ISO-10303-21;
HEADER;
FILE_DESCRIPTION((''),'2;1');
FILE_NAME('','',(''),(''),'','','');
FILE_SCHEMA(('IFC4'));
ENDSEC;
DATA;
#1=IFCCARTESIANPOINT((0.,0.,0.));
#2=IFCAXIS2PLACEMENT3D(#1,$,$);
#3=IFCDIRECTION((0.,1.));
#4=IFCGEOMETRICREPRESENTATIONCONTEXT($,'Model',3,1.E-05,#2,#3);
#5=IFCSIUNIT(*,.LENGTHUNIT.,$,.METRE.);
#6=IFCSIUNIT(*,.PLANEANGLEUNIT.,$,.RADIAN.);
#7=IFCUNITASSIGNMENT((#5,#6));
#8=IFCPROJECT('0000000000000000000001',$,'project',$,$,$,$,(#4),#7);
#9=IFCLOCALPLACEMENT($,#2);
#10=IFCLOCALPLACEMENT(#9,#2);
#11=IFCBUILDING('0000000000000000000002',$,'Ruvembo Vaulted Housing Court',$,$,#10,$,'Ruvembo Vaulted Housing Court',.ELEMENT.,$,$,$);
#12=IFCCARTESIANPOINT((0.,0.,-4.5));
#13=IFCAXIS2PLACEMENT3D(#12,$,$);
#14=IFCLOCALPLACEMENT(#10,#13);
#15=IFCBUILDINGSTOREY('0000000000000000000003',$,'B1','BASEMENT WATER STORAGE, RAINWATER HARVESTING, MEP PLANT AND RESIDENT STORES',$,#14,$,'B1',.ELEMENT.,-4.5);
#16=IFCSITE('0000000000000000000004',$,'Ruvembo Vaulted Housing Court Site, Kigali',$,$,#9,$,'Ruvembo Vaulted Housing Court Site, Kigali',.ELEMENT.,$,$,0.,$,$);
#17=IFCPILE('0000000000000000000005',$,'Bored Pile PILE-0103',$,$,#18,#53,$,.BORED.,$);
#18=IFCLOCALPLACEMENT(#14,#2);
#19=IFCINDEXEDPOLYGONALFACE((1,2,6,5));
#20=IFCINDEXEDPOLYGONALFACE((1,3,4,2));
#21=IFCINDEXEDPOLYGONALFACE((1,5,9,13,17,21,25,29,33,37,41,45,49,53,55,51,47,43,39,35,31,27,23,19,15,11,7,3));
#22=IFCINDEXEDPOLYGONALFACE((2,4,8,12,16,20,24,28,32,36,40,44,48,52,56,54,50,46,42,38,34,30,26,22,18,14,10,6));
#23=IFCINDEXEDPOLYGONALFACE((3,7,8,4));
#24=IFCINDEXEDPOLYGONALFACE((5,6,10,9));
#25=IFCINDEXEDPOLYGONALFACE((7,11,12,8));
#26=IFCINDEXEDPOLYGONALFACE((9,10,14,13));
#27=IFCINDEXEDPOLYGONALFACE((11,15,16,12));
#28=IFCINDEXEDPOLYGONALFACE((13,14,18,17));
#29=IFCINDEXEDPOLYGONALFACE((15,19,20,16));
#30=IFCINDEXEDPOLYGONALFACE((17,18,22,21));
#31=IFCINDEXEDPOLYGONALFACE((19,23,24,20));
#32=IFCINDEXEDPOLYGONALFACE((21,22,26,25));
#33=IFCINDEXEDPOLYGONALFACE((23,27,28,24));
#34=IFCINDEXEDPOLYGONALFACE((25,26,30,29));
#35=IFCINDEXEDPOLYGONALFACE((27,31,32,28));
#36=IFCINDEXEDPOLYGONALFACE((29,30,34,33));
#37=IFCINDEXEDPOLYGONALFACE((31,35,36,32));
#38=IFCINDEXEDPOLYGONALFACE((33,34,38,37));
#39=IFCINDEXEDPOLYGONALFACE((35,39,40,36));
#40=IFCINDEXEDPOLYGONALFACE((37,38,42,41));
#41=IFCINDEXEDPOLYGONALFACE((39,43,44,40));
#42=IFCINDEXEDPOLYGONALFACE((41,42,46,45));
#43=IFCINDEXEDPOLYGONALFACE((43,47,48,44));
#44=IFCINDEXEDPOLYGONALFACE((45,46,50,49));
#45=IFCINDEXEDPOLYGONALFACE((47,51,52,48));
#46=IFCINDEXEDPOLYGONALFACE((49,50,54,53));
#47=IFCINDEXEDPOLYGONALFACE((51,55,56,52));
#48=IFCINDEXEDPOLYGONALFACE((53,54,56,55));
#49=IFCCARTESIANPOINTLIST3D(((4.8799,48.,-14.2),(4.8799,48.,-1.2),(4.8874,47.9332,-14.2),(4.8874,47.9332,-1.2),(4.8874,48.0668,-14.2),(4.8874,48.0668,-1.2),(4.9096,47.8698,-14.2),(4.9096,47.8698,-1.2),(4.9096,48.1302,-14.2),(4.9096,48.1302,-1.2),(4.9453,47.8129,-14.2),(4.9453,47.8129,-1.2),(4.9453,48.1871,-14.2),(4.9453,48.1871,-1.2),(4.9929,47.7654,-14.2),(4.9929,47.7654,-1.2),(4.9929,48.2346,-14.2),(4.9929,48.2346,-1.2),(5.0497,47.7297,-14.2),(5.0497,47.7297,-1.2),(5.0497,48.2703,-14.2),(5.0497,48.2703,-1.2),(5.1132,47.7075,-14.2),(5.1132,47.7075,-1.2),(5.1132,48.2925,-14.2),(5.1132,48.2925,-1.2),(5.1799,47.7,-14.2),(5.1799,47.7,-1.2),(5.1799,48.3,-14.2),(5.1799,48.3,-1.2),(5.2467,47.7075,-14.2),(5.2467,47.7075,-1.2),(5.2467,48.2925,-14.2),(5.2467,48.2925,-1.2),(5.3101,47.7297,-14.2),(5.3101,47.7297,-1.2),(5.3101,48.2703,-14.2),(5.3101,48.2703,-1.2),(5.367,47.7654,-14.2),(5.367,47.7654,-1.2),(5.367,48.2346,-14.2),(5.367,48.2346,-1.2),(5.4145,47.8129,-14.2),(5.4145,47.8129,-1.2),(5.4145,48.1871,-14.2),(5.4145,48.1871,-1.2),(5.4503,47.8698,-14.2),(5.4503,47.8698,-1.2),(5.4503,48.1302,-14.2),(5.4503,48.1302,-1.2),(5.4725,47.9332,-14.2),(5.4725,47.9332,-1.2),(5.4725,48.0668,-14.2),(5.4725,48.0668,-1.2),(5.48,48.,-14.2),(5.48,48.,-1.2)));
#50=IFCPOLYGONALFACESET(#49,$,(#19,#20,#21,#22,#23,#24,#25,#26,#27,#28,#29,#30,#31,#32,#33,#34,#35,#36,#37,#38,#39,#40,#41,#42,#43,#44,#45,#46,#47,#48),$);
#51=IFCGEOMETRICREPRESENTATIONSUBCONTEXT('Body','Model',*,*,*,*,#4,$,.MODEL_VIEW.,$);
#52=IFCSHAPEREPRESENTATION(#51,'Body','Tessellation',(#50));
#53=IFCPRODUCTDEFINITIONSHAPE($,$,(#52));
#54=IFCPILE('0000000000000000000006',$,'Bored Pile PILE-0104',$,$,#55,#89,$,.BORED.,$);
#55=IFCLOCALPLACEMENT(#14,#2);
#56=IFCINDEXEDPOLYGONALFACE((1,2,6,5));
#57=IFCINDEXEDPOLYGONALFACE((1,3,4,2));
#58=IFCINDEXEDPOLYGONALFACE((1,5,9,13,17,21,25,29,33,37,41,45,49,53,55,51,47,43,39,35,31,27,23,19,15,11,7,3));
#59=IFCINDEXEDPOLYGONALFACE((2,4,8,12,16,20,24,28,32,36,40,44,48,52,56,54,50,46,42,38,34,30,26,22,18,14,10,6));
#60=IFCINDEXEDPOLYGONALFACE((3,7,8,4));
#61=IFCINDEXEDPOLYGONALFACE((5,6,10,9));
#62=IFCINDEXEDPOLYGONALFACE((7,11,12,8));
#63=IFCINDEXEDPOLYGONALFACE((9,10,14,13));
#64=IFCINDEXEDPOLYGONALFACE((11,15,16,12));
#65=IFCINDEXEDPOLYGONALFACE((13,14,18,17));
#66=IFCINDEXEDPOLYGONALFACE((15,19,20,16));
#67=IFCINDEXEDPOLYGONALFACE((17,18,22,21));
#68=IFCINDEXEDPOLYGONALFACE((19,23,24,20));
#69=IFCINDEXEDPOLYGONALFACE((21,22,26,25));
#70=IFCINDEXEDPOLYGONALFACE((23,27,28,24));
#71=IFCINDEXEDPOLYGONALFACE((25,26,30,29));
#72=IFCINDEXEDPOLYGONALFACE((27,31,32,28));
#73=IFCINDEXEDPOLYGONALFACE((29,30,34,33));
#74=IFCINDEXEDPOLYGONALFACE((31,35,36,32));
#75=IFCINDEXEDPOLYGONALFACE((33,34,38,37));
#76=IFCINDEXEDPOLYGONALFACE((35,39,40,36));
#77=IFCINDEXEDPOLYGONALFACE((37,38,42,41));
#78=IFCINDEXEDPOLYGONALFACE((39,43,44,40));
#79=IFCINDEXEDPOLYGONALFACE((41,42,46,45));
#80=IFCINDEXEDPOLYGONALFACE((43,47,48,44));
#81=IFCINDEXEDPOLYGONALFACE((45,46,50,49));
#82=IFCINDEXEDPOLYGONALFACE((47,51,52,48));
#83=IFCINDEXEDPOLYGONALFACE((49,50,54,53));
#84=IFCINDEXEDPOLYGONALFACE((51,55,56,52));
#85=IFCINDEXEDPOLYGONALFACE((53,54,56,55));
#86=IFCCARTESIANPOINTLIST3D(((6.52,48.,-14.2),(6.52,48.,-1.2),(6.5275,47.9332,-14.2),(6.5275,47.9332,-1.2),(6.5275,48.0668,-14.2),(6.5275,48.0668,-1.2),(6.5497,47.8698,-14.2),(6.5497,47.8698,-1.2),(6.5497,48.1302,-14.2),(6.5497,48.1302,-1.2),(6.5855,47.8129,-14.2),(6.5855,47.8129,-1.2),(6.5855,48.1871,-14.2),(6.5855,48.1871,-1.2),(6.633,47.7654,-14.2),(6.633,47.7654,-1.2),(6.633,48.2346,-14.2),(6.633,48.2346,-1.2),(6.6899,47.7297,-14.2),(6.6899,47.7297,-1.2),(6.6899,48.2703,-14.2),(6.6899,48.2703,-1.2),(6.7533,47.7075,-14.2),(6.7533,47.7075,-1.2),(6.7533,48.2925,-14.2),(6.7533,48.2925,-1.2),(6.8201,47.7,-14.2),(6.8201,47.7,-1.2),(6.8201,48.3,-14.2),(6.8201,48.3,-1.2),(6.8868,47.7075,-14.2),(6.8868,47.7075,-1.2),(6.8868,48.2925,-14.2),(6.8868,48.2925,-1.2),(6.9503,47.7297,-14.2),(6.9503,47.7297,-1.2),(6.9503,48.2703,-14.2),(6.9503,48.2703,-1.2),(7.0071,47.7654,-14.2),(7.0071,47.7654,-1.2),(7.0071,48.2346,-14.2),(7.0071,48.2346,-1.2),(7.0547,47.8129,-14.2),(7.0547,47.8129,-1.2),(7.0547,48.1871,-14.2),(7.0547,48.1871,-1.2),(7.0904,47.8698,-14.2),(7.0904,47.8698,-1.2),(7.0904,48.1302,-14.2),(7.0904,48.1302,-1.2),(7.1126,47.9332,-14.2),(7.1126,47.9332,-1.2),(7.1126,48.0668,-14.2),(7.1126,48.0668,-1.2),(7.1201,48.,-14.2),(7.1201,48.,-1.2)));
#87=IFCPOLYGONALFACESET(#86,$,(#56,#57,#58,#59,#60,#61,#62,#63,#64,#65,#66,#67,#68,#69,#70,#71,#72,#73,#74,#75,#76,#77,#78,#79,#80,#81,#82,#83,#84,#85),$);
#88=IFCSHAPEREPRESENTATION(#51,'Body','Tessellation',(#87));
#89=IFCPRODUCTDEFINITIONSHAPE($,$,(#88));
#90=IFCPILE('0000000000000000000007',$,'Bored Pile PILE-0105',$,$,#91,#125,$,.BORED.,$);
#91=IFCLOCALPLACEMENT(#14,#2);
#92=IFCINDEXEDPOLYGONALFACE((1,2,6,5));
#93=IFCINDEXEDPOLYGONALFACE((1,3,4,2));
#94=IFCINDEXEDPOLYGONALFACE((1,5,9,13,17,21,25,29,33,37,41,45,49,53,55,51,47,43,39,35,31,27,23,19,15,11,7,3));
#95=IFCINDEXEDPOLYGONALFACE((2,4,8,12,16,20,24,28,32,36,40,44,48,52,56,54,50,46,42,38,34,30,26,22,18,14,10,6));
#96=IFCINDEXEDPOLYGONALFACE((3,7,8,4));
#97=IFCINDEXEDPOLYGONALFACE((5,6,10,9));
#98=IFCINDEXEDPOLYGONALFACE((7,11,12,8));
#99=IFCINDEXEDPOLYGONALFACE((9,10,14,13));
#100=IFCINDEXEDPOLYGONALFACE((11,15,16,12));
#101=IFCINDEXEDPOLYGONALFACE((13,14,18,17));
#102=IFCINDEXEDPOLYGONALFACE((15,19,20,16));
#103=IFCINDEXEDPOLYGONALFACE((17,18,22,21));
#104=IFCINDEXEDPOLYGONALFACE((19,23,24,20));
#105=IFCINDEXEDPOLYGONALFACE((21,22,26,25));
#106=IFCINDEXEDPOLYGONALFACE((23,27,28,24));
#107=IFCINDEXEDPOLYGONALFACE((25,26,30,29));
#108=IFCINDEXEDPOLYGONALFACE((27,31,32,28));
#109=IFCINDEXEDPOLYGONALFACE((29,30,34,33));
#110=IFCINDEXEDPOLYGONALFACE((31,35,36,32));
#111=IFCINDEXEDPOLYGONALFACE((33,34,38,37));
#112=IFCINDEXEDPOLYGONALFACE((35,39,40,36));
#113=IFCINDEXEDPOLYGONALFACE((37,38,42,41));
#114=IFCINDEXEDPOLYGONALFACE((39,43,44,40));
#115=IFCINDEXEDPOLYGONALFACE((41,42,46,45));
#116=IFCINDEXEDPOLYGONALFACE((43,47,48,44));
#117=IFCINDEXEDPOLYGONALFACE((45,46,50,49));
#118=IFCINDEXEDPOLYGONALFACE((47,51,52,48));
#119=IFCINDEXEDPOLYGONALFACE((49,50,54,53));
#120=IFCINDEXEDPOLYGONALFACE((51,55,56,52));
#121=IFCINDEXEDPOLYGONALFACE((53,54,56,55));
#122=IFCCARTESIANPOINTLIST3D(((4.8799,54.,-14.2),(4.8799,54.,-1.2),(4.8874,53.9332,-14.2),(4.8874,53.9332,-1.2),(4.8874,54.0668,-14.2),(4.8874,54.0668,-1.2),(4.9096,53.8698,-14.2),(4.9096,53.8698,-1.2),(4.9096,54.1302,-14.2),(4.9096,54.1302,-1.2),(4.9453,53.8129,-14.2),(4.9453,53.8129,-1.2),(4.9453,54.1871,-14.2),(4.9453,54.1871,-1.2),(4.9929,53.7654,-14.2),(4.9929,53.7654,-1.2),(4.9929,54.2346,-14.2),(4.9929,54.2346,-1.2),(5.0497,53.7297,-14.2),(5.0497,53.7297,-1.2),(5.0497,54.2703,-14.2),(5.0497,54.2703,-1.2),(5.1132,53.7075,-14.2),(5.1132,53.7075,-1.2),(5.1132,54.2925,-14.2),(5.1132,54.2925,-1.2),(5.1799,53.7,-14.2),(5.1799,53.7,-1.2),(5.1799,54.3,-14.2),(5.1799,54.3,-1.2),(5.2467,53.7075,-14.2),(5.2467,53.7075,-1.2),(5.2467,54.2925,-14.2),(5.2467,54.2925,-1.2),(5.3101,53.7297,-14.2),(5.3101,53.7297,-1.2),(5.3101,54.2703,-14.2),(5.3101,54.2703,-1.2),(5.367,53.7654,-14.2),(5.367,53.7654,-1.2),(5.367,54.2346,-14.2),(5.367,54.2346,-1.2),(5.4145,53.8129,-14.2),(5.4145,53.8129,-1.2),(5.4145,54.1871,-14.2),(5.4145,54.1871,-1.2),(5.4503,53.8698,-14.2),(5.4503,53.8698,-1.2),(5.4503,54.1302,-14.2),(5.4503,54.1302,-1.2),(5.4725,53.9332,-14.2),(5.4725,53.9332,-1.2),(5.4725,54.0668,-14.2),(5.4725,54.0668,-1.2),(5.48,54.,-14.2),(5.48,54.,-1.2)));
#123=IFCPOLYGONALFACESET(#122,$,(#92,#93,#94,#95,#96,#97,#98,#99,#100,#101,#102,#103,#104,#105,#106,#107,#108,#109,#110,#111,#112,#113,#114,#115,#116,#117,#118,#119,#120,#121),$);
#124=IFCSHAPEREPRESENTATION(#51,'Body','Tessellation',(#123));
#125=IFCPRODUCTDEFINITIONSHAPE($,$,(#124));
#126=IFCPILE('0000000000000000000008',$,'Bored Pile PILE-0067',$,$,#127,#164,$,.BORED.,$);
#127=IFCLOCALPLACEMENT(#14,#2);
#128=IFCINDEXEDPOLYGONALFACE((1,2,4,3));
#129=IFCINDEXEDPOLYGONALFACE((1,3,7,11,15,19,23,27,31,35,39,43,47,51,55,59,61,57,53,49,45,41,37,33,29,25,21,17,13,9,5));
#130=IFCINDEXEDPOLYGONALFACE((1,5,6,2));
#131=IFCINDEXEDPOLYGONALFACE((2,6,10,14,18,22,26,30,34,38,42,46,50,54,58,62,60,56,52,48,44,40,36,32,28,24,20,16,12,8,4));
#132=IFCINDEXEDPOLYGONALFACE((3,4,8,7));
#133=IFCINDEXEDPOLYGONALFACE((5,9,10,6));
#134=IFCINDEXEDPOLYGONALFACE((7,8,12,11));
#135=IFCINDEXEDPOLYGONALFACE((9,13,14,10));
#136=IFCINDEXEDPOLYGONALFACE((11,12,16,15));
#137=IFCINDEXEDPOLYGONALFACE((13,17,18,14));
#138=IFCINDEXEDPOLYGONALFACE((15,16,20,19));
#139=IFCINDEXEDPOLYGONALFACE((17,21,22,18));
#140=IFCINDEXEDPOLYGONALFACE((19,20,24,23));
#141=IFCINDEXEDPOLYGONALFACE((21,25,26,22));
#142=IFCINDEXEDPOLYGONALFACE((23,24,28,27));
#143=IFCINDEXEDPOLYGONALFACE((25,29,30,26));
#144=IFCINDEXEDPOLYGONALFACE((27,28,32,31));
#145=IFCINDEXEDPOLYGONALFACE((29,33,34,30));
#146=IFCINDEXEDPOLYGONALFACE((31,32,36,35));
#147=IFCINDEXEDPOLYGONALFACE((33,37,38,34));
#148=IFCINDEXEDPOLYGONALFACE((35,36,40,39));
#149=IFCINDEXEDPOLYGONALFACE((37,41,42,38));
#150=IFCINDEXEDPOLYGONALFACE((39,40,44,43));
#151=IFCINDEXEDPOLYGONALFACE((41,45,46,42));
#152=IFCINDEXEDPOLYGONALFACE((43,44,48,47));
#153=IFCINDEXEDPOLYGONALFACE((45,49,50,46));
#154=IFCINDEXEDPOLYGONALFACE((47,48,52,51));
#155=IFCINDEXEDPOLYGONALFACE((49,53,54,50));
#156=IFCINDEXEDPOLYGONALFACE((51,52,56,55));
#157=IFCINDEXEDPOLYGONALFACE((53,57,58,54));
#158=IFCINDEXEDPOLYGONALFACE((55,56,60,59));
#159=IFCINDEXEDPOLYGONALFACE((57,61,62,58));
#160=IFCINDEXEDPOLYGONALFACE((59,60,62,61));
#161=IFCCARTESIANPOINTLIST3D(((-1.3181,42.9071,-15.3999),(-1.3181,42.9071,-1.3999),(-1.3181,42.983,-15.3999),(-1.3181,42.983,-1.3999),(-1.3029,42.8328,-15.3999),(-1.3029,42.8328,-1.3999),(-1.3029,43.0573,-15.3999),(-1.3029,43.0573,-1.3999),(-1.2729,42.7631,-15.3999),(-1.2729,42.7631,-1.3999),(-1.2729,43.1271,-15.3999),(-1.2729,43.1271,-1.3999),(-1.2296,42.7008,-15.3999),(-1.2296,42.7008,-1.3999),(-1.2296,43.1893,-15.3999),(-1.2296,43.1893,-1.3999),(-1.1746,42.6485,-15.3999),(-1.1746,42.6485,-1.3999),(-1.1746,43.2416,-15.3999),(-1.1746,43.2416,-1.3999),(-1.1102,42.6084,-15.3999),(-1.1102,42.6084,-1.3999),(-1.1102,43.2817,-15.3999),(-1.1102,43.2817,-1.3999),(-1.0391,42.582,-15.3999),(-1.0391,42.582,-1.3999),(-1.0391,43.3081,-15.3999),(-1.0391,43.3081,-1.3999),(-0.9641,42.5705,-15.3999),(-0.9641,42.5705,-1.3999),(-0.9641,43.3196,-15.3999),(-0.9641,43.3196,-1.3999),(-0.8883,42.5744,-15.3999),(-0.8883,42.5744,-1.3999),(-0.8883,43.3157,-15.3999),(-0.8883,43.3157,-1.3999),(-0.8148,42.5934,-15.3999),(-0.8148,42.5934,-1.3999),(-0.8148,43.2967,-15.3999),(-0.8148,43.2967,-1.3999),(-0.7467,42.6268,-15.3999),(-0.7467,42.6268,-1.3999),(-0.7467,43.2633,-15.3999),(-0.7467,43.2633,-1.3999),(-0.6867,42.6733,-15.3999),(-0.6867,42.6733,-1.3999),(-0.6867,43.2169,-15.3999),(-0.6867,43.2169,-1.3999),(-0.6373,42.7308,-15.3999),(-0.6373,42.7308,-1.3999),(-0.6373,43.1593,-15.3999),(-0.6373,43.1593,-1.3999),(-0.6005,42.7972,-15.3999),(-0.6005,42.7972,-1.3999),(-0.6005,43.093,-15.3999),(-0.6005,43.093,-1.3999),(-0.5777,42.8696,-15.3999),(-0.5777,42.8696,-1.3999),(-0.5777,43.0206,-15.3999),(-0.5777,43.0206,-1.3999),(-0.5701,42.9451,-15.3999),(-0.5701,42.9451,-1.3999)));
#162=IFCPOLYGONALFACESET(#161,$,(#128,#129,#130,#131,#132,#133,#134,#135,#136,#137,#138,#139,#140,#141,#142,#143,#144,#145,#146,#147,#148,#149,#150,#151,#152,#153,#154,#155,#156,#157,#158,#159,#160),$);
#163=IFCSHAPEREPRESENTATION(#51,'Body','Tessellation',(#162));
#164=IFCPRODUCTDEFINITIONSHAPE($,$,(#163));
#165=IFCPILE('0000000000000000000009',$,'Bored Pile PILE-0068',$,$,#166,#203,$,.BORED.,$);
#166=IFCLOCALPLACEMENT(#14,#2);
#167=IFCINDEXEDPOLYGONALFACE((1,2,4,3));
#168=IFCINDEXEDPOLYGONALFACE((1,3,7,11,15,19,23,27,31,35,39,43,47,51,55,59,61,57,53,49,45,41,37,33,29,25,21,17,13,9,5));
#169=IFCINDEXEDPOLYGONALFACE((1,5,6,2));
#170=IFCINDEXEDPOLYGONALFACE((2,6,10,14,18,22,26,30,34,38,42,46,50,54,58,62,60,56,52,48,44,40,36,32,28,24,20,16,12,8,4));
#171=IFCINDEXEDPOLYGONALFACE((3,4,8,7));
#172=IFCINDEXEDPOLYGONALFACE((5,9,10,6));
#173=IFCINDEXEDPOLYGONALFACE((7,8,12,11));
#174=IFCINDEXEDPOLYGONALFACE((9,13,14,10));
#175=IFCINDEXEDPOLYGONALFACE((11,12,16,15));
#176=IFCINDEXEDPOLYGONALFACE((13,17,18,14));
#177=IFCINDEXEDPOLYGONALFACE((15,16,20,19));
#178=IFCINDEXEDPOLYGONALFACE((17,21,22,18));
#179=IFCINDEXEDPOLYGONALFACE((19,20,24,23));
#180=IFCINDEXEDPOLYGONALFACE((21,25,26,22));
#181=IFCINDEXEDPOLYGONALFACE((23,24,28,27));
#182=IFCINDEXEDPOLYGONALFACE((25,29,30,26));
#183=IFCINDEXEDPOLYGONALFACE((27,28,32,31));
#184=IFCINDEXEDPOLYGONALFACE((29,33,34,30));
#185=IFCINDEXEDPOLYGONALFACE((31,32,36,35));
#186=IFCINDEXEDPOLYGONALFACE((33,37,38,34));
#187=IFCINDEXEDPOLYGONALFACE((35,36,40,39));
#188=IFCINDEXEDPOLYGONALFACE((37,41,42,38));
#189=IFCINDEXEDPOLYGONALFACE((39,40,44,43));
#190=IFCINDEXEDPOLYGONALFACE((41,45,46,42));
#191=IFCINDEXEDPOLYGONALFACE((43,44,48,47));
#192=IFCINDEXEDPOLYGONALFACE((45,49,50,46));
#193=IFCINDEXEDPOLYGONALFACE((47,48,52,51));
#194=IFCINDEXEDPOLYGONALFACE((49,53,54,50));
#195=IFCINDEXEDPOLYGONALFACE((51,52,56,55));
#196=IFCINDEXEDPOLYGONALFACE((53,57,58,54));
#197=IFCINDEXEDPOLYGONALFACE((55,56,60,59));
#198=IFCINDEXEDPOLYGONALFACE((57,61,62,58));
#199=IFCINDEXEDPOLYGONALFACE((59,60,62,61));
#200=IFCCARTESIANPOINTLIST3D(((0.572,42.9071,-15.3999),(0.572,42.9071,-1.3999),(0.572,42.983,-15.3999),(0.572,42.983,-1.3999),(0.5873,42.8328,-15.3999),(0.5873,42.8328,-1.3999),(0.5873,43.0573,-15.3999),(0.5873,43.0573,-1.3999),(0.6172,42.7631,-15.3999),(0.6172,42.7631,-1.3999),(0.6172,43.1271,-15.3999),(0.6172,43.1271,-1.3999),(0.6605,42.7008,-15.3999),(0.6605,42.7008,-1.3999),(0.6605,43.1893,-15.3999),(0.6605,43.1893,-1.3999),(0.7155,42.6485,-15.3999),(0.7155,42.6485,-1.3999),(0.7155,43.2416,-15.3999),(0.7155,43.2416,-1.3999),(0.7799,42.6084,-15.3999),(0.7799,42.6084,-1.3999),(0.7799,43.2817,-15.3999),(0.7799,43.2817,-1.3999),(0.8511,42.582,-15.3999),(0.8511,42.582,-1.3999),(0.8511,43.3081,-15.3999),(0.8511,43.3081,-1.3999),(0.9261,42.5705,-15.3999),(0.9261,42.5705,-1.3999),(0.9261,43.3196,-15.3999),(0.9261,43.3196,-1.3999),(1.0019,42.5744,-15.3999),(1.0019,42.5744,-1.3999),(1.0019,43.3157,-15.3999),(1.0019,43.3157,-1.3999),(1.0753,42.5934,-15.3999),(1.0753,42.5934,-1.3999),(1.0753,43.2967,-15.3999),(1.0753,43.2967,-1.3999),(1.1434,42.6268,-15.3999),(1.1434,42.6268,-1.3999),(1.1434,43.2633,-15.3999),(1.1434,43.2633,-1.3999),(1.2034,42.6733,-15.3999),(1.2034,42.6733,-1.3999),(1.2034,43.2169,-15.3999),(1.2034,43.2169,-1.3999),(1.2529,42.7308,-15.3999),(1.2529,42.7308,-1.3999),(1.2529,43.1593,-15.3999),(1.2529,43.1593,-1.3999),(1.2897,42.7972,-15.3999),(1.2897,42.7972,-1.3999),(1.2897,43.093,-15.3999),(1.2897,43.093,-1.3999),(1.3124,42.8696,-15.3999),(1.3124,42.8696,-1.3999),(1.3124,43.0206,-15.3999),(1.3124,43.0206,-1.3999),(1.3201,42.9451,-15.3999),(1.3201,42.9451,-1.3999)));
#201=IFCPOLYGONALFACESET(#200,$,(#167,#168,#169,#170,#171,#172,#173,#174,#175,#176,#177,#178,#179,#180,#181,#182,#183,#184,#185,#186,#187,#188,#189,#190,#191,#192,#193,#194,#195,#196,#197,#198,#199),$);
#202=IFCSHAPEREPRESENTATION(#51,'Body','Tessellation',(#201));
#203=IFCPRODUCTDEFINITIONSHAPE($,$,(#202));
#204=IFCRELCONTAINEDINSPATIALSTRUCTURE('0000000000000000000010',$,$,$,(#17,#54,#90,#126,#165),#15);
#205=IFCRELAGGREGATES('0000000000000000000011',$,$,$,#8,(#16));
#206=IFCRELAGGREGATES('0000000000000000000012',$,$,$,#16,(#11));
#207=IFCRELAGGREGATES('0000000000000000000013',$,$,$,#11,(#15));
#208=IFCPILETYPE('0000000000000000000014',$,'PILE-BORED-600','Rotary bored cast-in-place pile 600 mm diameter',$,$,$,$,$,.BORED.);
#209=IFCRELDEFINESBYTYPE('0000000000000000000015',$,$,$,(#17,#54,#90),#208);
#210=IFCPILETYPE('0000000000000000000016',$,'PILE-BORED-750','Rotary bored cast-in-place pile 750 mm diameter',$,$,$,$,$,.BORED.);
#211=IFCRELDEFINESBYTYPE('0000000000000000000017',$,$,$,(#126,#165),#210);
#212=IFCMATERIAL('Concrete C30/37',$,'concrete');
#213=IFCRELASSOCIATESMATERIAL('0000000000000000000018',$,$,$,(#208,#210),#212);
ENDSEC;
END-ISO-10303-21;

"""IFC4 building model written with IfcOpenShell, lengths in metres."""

from ifc_helpers import new_model, si_unit, direction, frame, origin, origin_2d, place, context, subcontext, project, spatial, circle, extrude, material, material_profile, profile_set, type_object, element, save


model = new_model("IFC4")

# Units and contexts
model_context = context("Model", 3, precision=1e-05, world=origin(), true_north=direction((0.0, 1.0)))
body_context = subcontext(model_context, "Body", "Model", "MODEL_VIEW")
ifc_project = project(units=[si_unit("LENGTHUNIT", "METRE"), si_unit("PLANEANGLEUNIT", "RADIAN")], contexts=[model_context])

# Site, building, storey
site_placement = place(None, origin())
site = spatial("IfcSite", under=ifc_project, at=site_placement, Name="Ruvembo Vaulted Housing Court Site, Kigali", LongName="Ruvembo Vaulted Housing Court Site, Kigali", CompositionType="ELEMENT", RefElevation=0.0)
building_placement = place(site_placement, origin())
building = spatial("IfcBuilding", under=site, at=building_placement, Name="Ruvembo Vaulted Housing Court", LongName="Ruvembo Vaulted Housing Court", CompositionType="ELEMENT")
storey_placement = place(building_placement, frame((0.0, 0.0, -4.5)))
storey = spatial("IfcBuildingStorey", under=building, at=storey_placement, Name="B1", Description="BASEMENT WATER STORAGE, RAINWATER HARVESTING, MEP PLANT AND RESIDENT STORES", LongName="B1", CompositionType="ELEMENT", Elevation=-4.5)

# Piles
ifc_material_1 = material(Name="Concrete C30/37", Category="concrete")
ifc_material_profile_1 = material_profile(ifc_material_1, circle(Radius=0.3, at=origin_2d()), Name="PILE D600")
ifc_profile_set_1 = profile_set([ifc_material_profile_1], Name="Concrete C30/37")
pile_type_1 = type_object("IfcPileType", Name="PILE-BORED-600", Description="Rotary bored cast-in-place pile 600 mm diameter", PredefinedType="BORED", material=ifc_profile_set_1)
for number, where, z_axis, x_axis, name in (
    (1, (5.1799, 48.0, -1.2), (0.0, 0.0, -1.0), (1.0, 0.0, 0.0), "Bored Pile PILE-0103"),
    (2, (6.8201, 48.0, -1.2), (0.0, 0.0, -1.0), (1.0, 0.0, 0.0), "Bored Pile PILE-0104"),
    (3, (5.1799, 54.0, -1.2), (0.0, 0.0, -1.0), (1.0, 0.0, 0.0), "Bored Pile PILE-0105"),
):
    element("IfcPile", number, at=place(storey_placement, frame(where, z_axis=z_axis, x_axis=x_axis)), inside=storey, type_object=pile_type_1, Name=name, PredefinedType="BORED", context=body_context, shape_type="SweptSolid", body=[
        extrude(circle(Radius=0.3, at=origin_2d()), origin(), (0.0, 0.0, 1.0), 13.0),
    ])
ifc_material_profile_2 = material_profile(ifc_material_1, circle(Radius=0.375, at=origin_2d()), Name="PILE D750")
ifc_profile_set_2 = profile_set([ifc_material_profile_2], Name="Concrete C30/37")
pile_type_2 = type_object("IfcPileType", Name="PILE-BORED-750", Description="Rotary bored cast-in-place pile 750 mm diameter", PredefinedType="BORED", material=ifc_profile_set_2)
for number, where, z_axis, x_axis, name in (
    (4, (-0.9451, 42.9451, -1.3999), (0.0, 0.0, -1.0), (1.0, 0.0, 0.0), "Bored Pile PILE-0067"),
    (5, (0.9451, 42.9451, -1.3999), (0.0, 0.0, -1.0), (1.0, 0.0, 0.0), "Bored Pile PILE-0068"),
):
    element("IfcPile", number, at=place(storey_placement, frame(where, z_axis=z_axis, x_axis=x_axis)), inside=storey, type_object=pile_type_2, Name=name, PredefinedType="BORED", context=body_context, shape_type="SweptSolid", body=[
        extrude(circle(Radius=0.375, at=origin_2d()), origin(), (0.0, 0.0, 1.0), 14.0),
    ])

save(model, "model.ifc")
